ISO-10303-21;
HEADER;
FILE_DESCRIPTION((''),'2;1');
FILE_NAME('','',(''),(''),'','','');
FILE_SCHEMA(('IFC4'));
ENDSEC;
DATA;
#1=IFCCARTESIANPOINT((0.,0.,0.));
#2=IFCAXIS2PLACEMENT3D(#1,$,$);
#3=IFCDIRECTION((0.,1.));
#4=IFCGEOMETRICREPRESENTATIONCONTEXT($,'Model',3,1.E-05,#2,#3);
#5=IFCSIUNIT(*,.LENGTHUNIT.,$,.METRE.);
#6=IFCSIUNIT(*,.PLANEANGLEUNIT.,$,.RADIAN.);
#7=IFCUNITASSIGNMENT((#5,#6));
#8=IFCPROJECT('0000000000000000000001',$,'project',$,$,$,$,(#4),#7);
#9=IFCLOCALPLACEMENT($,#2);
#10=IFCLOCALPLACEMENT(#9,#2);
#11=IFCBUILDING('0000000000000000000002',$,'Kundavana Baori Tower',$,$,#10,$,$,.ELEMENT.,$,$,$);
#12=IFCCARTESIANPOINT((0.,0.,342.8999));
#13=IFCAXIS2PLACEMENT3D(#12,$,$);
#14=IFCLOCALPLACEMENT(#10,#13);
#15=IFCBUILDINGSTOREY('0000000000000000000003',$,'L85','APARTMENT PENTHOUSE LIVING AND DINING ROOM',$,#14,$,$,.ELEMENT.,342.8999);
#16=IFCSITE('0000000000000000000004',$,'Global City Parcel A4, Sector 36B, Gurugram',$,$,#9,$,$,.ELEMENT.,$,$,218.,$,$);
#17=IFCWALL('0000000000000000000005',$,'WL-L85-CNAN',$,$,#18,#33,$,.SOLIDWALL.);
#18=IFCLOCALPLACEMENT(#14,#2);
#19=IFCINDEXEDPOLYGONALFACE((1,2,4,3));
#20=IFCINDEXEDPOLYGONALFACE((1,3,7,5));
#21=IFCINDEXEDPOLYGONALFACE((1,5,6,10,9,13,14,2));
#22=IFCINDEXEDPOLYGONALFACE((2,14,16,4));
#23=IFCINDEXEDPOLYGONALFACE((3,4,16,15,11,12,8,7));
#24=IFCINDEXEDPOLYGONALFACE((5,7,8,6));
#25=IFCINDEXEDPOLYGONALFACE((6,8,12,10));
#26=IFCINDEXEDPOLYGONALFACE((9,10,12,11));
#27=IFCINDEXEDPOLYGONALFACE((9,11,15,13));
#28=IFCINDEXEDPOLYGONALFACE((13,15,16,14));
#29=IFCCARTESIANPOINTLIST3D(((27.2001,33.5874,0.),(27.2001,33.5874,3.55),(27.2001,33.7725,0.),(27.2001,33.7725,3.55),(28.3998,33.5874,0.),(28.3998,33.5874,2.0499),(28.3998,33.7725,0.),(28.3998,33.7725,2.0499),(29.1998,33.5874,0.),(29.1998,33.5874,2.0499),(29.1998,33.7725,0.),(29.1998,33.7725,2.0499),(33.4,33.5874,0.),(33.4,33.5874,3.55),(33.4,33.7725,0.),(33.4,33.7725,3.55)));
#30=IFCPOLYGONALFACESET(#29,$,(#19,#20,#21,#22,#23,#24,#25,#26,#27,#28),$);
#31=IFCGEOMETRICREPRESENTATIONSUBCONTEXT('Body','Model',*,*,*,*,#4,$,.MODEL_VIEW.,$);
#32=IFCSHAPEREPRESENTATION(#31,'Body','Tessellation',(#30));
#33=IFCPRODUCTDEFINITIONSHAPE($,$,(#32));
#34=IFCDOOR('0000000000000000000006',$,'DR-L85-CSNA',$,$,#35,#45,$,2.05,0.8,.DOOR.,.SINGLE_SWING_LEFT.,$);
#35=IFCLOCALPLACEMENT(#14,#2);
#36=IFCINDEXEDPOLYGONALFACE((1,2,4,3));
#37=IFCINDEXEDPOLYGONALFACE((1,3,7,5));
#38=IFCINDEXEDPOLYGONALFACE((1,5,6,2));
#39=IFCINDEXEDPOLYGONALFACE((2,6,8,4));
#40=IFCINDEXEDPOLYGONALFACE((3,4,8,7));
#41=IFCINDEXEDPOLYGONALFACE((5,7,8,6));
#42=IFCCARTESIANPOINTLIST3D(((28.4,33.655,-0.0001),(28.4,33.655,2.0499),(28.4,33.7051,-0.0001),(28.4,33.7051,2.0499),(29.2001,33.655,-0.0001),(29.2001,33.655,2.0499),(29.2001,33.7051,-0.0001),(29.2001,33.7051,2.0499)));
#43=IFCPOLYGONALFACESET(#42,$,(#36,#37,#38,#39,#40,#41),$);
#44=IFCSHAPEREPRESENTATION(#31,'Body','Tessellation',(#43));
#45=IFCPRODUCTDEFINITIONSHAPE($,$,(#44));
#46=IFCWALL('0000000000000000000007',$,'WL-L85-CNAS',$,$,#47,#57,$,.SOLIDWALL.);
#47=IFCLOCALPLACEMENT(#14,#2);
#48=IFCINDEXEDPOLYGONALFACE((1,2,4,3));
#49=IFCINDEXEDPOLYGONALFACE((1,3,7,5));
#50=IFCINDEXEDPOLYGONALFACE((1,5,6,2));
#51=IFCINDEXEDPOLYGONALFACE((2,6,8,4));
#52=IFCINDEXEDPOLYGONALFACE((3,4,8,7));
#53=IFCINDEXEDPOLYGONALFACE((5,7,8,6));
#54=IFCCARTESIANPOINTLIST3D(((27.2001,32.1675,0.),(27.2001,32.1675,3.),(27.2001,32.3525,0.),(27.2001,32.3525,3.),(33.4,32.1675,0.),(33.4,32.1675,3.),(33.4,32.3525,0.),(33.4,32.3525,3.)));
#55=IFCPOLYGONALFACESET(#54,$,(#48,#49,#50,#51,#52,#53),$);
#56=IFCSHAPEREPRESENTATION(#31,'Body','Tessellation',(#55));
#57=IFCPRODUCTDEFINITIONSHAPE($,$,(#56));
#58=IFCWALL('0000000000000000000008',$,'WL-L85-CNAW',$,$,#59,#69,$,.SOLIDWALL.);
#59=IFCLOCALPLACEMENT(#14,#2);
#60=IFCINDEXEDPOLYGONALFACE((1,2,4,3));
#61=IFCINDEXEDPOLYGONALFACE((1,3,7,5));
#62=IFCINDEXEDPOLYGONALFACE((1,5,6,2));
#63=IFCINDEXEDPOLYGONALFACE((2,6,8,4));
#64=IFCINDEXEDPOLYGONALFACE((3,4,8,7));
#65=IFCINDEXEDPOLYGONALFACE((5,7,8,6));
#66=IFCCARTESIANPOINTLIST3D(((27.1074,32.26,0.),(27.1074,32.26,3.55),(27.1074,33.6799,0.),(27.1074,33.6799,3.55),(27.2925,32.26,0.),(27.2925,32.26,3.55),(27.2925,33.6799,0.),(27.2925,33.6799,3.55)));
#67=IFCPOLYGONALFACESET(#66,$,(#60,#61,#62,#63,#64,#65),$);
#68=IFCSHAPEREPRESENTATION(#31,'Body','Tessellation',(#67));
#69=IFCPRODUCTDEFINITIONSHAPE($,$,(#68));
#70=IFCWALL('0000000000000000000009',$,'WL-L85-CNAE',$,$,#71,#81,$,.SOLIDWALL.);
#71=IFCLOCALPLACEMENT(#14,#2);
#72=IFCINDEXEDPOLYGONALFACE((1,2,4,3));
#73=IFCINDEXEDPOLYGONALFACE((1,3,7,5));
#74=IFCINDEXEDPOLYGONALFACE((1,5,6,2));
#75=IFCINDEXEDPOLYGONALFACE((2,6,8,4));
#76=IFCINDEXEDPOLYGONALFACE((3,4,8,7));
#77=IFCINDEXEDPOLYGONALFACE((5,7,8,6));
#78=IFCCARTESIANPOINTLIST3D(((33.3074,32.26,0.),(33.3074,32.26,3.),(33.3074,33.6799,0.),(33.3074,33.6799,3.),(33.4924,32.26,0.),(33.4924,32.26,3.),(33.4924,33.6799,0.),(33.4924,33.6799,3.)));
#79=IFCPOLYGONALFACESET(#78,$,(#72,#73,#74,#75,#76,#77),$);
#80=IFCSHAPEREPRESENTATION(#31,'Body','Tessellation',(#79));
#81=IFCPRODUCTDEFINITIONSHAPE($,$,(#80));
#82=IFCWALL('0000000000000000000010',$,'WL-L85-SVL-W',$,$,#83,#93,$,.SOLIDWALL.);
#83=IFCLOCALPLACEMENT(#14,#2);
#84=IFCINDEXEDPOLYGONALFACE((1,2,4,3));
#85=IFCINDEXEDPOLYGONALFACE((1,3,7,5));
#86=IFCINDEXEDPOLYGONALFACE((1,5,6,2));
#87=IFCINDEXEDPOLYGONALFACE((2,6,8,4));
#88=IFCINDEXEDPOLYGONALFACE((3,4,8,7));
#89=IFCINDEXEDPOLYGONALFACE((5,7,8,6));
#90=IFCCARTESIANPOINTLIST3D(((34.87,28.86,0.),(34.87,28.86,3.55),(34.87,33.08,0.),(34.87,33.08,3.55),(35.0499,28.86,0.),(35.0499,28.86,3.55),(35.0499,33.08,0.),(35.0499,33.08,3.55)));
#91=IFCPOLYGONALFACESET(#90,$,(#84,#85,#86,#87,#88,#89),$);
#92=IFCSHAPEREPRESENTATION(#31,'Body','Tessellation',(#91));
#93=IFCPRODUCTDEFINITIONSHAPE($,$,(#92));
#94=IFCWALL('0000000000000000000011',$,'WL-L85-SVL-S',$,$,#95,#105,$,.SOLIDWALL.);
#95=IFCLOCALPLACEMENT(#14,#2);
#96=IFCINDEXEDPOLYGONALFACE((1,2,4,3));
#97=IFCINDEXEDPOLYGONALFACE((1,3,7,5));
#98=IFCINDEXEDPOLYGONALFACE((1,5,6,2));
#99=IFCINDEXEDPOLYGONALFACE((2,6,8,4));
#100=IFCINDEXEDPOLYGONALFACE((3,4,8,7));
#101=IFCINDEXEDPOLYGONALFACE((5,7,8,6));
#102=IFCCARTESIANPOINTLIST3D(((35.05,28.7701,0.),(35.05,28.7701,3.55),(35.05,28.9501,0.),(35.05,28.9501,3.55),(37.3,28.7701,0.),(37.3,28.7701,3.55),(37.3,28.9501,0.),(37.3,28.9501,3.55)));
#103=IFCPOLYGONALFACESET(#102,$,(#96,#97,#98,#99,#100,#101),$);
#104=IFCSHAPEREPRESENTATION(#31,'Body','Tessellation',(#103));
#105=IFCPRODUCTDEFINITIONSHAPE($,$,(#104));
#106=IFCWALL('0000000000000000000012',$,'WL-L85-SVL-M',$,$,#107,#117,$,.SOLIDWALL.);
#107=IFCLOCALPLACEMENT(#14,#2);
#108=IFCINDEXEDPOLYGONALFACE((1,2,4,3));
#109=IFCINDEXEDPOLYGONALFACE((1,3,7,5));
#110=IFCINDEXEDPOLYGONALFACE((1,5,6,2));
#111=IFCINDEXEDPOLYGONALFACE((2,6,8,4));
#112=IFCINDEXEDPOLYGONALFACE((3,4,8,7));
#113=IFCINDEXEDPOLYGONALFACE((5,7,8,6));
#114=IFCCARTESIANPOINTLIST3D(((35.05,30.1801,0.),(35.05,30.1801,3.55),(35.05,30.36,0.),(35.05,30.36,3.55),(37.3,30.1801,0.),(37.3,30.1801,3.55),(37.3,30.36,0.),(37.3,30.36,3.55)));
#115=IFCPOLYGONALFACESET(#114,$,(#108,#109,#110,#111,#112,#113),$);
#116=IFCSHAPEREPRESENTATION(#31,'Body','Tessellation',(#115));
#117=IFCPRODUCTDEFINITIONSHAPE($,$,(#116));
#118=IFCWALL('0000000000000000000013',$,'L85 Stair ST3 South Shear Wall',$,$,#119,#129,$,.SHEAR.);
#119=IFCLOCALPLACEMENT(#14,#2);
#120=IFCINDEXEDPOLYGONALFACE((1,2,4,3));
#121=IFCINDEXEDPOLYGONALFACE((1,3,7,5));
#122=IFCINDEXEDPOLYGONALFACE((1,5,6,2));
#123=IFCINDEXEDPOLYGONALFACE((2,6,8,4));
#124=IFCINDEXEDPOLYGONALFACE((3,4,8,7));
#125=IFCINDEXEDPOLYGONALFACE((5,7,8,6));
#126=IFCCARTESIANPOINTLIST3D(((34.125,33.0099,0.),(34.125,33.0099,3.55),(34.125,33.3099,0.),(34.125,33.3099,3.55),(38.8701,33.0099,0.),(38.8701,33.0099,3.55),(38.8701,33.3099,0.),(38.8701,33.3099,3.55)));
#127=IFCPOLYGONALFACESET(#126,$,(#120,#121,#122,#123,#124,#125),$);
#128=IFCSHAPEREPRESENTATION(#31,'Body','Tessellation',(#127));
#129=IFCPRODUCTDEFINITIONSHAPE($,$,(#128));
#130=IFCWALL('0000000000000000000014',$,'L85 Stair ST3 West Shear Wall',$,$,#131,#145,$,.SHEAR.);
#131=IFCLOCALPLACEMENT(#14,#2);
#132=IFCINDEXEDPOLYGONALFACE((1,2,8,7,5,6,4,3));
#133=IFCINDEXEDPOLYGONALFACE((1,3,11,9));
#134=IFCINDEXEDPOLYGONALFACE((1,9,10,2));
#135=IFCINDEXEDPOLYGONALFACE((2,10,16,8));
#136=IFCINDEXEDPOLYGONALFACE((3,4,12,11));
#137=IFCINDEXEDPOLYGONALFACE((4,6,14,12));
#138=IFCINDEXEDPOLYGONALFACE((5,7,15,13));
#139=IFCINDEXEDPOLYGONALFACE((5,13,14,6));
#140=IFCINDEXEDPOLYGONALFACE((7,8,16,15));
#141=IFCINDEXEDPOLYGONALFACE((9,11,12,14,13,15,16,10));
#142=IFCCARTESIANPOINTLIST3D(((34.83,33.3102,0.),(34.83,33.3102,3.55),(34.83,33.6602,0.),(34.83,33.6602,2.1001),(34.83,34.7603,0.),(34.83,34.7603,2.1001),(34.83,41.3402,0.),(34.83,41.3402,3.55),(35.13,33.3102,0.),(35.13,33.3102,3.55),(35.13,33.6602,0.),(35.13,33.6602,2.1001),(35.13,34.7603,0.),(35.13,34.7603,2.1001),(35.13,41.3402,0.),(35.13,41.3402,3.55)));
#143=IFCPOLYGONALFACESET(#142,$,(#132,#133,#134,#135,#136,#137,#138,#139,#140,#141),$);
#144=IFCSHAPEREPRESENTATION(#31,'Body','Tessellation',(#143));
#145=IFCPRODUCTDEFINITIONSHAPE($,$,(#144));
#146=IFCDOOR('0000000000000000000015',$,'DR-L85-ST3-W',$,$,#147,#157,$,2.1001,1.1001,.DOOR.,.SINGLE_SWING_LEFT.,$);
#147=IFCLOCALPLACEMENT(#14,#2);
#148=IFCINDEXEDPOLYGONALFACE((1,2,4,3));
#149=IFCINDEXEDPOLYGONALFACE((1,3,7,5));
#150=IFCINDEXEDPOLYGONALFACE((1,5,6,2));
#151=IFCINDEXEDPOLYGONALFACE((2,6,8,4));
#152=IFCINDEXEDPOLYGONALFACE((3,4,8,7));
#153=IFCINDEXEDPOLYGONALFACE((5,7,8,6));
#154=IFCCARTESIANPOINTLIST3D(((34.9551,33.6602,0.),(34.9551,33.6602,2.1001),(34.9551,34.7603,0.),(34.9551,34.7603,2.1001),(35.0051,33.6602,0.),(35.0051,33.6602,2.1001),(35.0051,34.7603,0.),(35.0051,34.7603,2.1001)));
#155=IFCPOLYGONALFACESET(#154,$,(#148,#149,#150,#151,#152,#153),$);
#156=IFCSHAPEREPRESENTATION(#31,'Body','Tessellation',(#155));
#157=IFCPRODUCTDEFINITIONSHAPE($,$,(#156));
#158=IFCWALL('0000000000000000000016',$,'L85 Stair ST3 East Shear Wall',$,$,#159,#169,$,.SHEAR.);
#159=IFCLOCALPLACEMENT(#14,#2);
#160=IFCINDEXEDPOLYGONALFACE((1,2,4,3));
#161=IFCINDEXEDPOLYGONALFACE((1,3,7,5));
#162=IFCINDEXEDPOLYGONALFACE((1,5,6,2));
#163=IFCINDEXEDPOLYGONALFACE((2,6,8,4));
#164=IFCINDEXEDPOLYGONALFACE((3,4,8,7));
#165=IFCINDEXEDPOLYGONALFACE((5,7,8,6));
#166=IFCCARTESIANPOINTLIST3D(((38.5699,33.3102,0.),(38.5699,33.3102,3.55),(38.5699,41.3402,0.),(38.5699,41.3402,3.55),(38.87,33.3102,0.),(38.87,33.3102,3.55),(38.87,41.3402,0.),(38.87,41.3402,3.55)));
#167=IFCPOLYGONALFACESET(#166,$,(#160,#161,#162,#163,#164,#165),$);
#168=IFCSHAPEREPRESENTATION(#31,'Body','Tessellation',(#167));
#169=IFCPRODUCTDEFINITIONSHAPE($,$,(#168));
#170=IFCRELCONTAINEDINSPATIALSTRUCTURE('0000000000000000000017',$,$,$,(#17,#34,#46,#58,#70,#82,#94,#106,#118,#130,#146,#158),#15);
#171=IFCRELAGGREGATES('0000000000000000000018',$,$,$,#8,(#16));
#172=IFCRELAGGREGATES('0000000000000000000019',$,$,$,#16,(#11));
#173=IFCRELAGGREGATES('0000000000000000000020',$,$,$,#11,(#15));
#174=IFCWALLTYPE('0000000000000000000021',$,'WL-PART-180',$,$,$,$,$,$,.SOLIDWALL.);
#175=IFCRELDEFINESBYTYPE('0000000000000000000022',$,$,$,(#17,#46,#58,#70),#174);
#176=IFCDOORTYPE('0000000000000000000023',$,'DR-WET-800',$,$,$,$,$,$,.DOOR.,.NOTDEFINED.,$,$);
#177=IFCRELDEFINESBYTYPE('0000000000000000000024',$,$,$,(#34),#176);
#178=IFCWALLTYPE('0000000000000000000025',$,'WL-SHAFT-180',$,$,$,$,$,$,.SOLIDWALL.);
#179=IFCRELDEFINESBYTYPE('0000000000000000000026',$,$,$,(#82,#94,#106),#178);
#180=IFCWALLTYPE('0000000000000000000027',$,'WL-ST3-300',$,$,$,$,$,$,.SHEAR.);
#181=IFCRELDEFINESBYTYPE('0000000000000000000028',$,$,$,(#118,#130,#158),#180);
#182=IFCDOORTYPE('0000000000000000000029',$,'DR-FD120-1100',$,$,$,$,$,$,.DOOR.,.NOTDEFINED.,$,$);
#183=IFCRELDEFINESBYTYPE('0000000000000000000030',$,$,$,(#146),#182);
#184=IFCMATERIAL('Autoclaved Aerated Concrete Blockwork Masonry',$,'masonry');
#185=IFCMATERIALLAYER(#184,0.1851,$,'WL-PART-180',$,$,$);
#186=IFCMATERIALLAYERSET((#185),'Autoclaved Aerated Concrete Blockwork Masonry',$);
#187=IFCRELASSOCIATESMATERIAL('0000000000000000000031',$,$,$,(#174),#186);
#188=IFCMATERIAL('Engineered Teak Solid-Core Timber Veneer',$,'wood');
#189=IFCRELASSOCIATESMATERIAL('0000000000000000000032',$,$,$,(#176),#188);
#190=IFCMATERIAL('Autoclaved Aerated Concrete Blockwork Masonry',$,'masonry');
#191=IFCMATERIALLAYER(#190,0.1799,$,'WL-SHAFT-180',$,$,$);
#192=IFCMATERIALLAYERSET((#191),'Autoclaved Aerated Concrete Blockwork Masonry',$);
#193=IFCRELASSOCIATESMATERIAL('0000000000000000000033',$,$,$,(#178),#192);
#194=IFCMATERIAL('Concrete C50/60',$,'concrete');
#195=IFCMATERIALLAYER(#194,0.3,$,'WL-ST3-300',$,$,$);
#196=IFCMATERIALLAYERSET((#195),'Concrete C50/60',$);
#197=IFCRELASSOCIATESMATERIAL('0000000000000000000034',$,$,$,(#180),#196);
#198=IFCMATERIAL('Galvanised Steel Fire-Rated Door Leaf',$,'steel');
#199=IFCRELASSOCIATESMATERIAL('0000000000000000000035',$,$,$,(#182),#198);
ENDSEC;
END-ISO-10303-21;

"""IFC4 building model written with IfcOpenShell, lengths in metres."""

from ifc_helpers import new_model, si_unit, direction, frame, frame_2d, origin, place, context, subcontext, project, spatial, rectangle, extrude, material, layer, layer_set, type_object, element, fill, save


model = new_model("IFC4")

# Units and contexts
model_context = context("Model", 3, precision=1e-05, world=origin(), true_north=direction((0.0, 1.0)))
body_context = subcontext(model_context, "Body", "Model", "MODEL_VIEW")
ifc_project = project(units=[si_unit("LENGTHUNIT", "METRE"), si_unit("PLANEANGLEUNIT", "RADIAN")], contexts=[model_context])

# Site, building, storey
site_placement = place(None, origin())
site = spatial("IfcSite", under=ifc_project, at=site_placement, Name="Global City Parcel A4, Sector 36B, Gurugram", CompositionType="ELEMENT", RefElevation=218.0)
building_placement = place(site_placement, origin())
building = spatial("IfcBuilding", under=site, at=building_placement, Name="Kundavana Baori Tower", CompositionType="ELEMENT")
storey_placement = place(building_placement, frame((0.0, 0.0, 342.8999)))
storey = spatial("IfcBuildingStorey", under=building, at=storey_placement, Name="L85", Description="APARTMENT PENTHOUSE LIVING AND DINING ROOM", CompositionType="ELEMENT", Elevation=342.8999)

# Shared definitions
ifc_material_1 = material(Name="Autoclaved Aerated Concrete Blockwork Masonry", Category="masonry")
ifc_layer_1 = layer(ifc_material_1, 0.1851, Name="WL-PART-180")
ifc_layer_set_1 = layer_set([ifc_layer_1], Name="Autoclaved Aerated Concrete Blockwork Masonry")
wall_type_1 = type_object("IfcWallType", Name="WL-PART-180", PredefinedType="SOLIDWALL", material=ifc_layer_set_1)

# Wall, opening, door
wall_1_placement = place(storey_placement, frame((27.2, 33.6799, 0.0), z_axis=(0.0, 0.0, 1.0), x_axis=(1.0, 0.0, 0.0)))
wall_1 = element("IfcWall", 1, at=wall_1_placement, inside=storey, type_object=wall_type_1, Name="WL-L85-CNAN", PredefinedType="SOLIDWALL", context=body_context, shape_type="SweptSolid", body=[
    extrude(rectangle(XDim=6.2, YDim=0.1851, at=frame_2d((3.1001, 0.0))), origin(), (0.0, 0.0, 1.0), 3.55),
])
opening_1_placement = place(wall_1_placement, frame((1.2, 0.0, 0.0)))
opening_1 = element("IfcOpeningElement", 2, at=opening_1_placement, cuts=wall_1, PredefinedType="OPENING", context=body_context, shape_type="SweptSolid", body=[
    extrude(rectangle(XDim=0.8, YDim=2.05, at=frame_2d((0.3999, 1.0249))), frame((0.0, 0.1025, 0.0), z_axis=(0.0, -1.0, 0.0), x_axis=(1.0, 0.0, 0.0)), (0.0, 0.0, 1.0), 0.2051),
])
ifc_material_2 = material(Name="Engineered Teak Solid-Core Timber Veneer", Category="wood")
door_type_1 = type_object("IfcDoorType", Name="DR-WET-800", OperationType="NOTDEFINED", PredefinedType="DOOR", material=ifc_material_2)
door_1_placement = place(opening_1_placement, frame((0.8, 0.0, 0.0), z_axis=(0.0, 0.0, 1.0), x_axis=(-1.0, 0.0, 0.0)))
door_1 = element("IfcDoor", 3, at=door_1_placement, inside=storey, type_object=door_type_1, Name="DR-L85-CSNA", OperationType="SINGLE_SWING_LEFT", OverallHeight=2.05, OverallWidth=0.8, PredefinedType="DOOR", context=body_context, shape_type="SweptSolid", body=[
    extrude(rectangle(XDim=0.8, YDim=2.05, at=frame_2d((0.3999, 1.0249))), frame((0.0, 0.0249, 0.0), z_axis=(0.0, -1.0, 0.0), x_axis=(1.0, 0.0, 0.0)), (0.0, 0.0, 1.0), 0.05),
])
fill(opening_1, door_1)

# Walls
wall_2_placement = place(storey_placement, frame((27.2, 32.26, 0.0), z_axis=(0.0, 0.0, 1.0), x_axis=(1.0, 0.0, 0.0)))
element("IfcWall", 4, at=wall_2_placement, inside=storey, type_object=wall_type_1, Name="WL-L85-CNAS", PredefinedType="SOLIDWALL", context=body_context, shape_type="SweptSolid", body=[
    extrude(rectangle(XDim=6.2, YDim=0.1851, at=frame_2d((3.1001, 0.0))), origin(), (0.0, 0.0, 1.0), 3.0),
])
wall_3_placement = place(storey_placement, frame((27.2, 32.26, 0.0), z_axis=(0.0, 0.0, 1.0), x_axis=(0.0, 1.0, 0.0)))
element("IfcWall", 5, at=wall_3_placement, inside=storey, type_object=wall_type_1, Name="WL-L85-CNAW", PredefinedType="SOLIDWALL", context=body_context, shape_type="SweptSolid", body=[
    extrude(rectangle(XDim=1.4199, YDim=0.1851, at=frame_2d((0.71, 0.0))), origin(), (0.0, 0.0, 1.0), 3.55),
])
wall_4_placement = place(storey_placement, frame((33.3999, 32.26, 0.0), z_axis=(0.0, 0.0, 1.0), x_axis=(0.0, 1.0, 0.0)))
element("IfcWall", 6, at=wall_4_placement, inside=storey, type_object=wall_type_1, Name="WL-L85-CNAE", PredefinedType="SOLIDWALL", context=body_context, shape_type="SweptSolid", body=[
    extrude(rectangle(XDim=1.4199, YDim=0.1851, at=frame_2d((0.71, 0.0))), origin(), (0.0, 0.0, 1.0), 3.0),
])
ifc_material_3 = material(Name="Autoclaved Aerated Concrete Blockwork Masonry", Category="masonry")
ifc_layer_2 = layer(ifc_material_3, 0.1799, Name="WL-SHAFT-180")
ifc_layer_set_2 = layer_set([ifc_layer_2], Name="Autoclaved Aerated Concrete Blockwork Masonry")
wall_type_2 = type_object("IfcWallType", Name="WL-SHAFT-180", PredefinedType="SOLIDWALL", material=ifc_layer_set_2)
wall_5_placement = place(storey_placement, frame((34.96, 28.8601, 0.0), z_axis=(0.0, 0.0, 1.0), x_axis=(0.0, 1.0, 0.0)))
element("IfcWall", 7, at=wall_5_placement, inside=storey, type_object=wall_type_2, Name="WL-L85-SVL-W", PredefinedType="SOLIDWALL", context=body_context, shape_type="SweptSolid", body=[
    extrude(rectangle(XDim=4.22, YDim=0.1799, at=frame_2d((2.1099, 0.0))), origin(), (0.0, 0.0, 1.0), 3.55),
])

# Walls
for number, where, z_axis, x_axis, name in (
    (8, (35.05, 28.8601, 0.0), (0.0, 0.0, 1.0), (1.0, 0.0, 0.0), "WL-L85-SVL-S"),
    (9, (35.05, 30.27, 0.0), (0.0, 0.0, 1.0), (1.0, 0.0, 0.0), "WL-L85-SVL-M"),
):
    element("IfcWall", number, at=place(storey_placement, frame(where, z_axis=z_axis, x_axis=x_axis)), inside=storey, type_object=wall_type_2, Name=name, PredefinedType="SOLIDWALL", context=body_context, shape_type="SweptSolid", body=[
        extrude(rectangle(XDim=2.25, YDim=0.1799, at=frame_2d((1.125, 0.0))), origin(), (0.0, 0.0, 1.0), 3.55),
    ])
ifc_material_4 = material(Name="Concrete C50/60", Category="concrete")
ifc_layer_3 = layer(ifc_material_4, 0.3, Name="WL-ST3-300")
ifc_layer_set_3 = layer_set([ifc_layer_3], Name="Concrete C50/60")
wall_type_3 = type_object("IfcWallType", Name="WL-ST3-300", PredefinedType="SHEAR", material=ifc_layer_set_3)
wall_6_placement = place(storey_placement, frame((34.125, 33.1599, 0.0), z_axis=(0.0, 0.0, 1.0), x_axis=(1.0, 0.0, 0.0)))
element("IfcWall", 10, at=wall_6_placement, inside=storey, type_object=wall_type_3, Name="L85 Stair ST3 South Shear Wall", PredefinedType="SHEAR", context=body_context, shape_type="SweptSolid", body=[
    extrude(rectangle(XDim=4.7451, YDim=0.3, at=frame_2d((2.3726, 0.0))), origin(), (0.0, 0.0, 1.0), 3.55),
])

# Wall, opening, door
wall_7_placement = place(storey_placement, frame((34.98, 33.3101, 0.0), z_axis=(0.0, 0.0, 1.0), x_axis=(0.0, 1.0, 0.0)))
wall_7 = element("IfcWall", 11, at=wall_7_placement, inside=storey, type_object=wall_type_3, Name="L85 Stair ST3 West Shear Wall", PredefinedType="SHEAR", context=body_context, shape_type="SweptSolid", body=[
    extrude(rectangle(XDim=8.03, YDim=0.3, at=frame_2d((4.0151, 0.0))), origin(), (0.0, 0.0, 1.0), 3.55),
])
opening_2_placement = place(wall_7_placement, frame((0.3501, 0.0, 0.0)))
opening_2 = element("IfcOpeningElement", 12, at=opening_2_placement, cuts=wall_7, PredefinedType="OPENING", context=body_context, shape_type="SweptSolid", body=[
    extrude(rectangle(XDim=1.1001, YDim=2.1001, at=frame_2d((0.55, 1.05))), frame((0.0, 0.1602, 0.0), z_axis=(0.0, -1.0, 0.0), x_axis=(1.0, 0.0, 0.0)), (0.0, 0.0, 1.0), 0.3201),
])
ifc_material_5 = material(Name="Galvanised Steel Fire-Rated Door Leaf", Category="steel")
door_type_2 = type_object("IfcDoorType", Name="DR-FD120-1100", OperationType="NOTDEFINED", PredefinedType="DOOR", material=ifc_material_5)
door_2_placement = place(opening_2_placement, origin())
door_2 = element("IfcDoor", 13, at=door_2_placement, inside=storey, type_object=door_type_2, Name="DR-L85-ST3-W", OperationType="SINGLE_SWING_LEFT", OverallHeight=2.1001, OverallWidth=1.1001, PredefinedType="DOOR", context=body_context, shape_type="SweptSolid", body=[
    extrude(rectangle(XDim=1.1001, YDim=2.1001, at=frame_2d((0.55, 1.05))), frame((0.0, 0.0249, 0.0), z_axis=(0.0, -1.0, 0.0), x_axis=(1.0, 0.0, 0.0)), (0.0, 0.0, 1.0), 0.05),
])
fill(opening_2, door_2)

# Wall
wall_8_placement = place(storey_placement, frame((38.72, 33.3101, 0.0), z_axis=(0.0, 0.0, 1.0), x_axis=(0.0, 1.0, 0.0)))
element("IfcWall", 14, at=wall_8_placement, inside=storey, type_object=wall_type_3, Name="L85 Stair ST3 East Shear Wall", PredefinedType="SHEAR", context=body_context, shape_type="SweptSolid", body=[
    extrude(rectangle(XDim=8.03, YDim=0.3, at=frame_2d((4.0151, 0.0))), origin(), (0.0, 0.0, 1.0), 3.55),
])

save(model, "model.ifc")
